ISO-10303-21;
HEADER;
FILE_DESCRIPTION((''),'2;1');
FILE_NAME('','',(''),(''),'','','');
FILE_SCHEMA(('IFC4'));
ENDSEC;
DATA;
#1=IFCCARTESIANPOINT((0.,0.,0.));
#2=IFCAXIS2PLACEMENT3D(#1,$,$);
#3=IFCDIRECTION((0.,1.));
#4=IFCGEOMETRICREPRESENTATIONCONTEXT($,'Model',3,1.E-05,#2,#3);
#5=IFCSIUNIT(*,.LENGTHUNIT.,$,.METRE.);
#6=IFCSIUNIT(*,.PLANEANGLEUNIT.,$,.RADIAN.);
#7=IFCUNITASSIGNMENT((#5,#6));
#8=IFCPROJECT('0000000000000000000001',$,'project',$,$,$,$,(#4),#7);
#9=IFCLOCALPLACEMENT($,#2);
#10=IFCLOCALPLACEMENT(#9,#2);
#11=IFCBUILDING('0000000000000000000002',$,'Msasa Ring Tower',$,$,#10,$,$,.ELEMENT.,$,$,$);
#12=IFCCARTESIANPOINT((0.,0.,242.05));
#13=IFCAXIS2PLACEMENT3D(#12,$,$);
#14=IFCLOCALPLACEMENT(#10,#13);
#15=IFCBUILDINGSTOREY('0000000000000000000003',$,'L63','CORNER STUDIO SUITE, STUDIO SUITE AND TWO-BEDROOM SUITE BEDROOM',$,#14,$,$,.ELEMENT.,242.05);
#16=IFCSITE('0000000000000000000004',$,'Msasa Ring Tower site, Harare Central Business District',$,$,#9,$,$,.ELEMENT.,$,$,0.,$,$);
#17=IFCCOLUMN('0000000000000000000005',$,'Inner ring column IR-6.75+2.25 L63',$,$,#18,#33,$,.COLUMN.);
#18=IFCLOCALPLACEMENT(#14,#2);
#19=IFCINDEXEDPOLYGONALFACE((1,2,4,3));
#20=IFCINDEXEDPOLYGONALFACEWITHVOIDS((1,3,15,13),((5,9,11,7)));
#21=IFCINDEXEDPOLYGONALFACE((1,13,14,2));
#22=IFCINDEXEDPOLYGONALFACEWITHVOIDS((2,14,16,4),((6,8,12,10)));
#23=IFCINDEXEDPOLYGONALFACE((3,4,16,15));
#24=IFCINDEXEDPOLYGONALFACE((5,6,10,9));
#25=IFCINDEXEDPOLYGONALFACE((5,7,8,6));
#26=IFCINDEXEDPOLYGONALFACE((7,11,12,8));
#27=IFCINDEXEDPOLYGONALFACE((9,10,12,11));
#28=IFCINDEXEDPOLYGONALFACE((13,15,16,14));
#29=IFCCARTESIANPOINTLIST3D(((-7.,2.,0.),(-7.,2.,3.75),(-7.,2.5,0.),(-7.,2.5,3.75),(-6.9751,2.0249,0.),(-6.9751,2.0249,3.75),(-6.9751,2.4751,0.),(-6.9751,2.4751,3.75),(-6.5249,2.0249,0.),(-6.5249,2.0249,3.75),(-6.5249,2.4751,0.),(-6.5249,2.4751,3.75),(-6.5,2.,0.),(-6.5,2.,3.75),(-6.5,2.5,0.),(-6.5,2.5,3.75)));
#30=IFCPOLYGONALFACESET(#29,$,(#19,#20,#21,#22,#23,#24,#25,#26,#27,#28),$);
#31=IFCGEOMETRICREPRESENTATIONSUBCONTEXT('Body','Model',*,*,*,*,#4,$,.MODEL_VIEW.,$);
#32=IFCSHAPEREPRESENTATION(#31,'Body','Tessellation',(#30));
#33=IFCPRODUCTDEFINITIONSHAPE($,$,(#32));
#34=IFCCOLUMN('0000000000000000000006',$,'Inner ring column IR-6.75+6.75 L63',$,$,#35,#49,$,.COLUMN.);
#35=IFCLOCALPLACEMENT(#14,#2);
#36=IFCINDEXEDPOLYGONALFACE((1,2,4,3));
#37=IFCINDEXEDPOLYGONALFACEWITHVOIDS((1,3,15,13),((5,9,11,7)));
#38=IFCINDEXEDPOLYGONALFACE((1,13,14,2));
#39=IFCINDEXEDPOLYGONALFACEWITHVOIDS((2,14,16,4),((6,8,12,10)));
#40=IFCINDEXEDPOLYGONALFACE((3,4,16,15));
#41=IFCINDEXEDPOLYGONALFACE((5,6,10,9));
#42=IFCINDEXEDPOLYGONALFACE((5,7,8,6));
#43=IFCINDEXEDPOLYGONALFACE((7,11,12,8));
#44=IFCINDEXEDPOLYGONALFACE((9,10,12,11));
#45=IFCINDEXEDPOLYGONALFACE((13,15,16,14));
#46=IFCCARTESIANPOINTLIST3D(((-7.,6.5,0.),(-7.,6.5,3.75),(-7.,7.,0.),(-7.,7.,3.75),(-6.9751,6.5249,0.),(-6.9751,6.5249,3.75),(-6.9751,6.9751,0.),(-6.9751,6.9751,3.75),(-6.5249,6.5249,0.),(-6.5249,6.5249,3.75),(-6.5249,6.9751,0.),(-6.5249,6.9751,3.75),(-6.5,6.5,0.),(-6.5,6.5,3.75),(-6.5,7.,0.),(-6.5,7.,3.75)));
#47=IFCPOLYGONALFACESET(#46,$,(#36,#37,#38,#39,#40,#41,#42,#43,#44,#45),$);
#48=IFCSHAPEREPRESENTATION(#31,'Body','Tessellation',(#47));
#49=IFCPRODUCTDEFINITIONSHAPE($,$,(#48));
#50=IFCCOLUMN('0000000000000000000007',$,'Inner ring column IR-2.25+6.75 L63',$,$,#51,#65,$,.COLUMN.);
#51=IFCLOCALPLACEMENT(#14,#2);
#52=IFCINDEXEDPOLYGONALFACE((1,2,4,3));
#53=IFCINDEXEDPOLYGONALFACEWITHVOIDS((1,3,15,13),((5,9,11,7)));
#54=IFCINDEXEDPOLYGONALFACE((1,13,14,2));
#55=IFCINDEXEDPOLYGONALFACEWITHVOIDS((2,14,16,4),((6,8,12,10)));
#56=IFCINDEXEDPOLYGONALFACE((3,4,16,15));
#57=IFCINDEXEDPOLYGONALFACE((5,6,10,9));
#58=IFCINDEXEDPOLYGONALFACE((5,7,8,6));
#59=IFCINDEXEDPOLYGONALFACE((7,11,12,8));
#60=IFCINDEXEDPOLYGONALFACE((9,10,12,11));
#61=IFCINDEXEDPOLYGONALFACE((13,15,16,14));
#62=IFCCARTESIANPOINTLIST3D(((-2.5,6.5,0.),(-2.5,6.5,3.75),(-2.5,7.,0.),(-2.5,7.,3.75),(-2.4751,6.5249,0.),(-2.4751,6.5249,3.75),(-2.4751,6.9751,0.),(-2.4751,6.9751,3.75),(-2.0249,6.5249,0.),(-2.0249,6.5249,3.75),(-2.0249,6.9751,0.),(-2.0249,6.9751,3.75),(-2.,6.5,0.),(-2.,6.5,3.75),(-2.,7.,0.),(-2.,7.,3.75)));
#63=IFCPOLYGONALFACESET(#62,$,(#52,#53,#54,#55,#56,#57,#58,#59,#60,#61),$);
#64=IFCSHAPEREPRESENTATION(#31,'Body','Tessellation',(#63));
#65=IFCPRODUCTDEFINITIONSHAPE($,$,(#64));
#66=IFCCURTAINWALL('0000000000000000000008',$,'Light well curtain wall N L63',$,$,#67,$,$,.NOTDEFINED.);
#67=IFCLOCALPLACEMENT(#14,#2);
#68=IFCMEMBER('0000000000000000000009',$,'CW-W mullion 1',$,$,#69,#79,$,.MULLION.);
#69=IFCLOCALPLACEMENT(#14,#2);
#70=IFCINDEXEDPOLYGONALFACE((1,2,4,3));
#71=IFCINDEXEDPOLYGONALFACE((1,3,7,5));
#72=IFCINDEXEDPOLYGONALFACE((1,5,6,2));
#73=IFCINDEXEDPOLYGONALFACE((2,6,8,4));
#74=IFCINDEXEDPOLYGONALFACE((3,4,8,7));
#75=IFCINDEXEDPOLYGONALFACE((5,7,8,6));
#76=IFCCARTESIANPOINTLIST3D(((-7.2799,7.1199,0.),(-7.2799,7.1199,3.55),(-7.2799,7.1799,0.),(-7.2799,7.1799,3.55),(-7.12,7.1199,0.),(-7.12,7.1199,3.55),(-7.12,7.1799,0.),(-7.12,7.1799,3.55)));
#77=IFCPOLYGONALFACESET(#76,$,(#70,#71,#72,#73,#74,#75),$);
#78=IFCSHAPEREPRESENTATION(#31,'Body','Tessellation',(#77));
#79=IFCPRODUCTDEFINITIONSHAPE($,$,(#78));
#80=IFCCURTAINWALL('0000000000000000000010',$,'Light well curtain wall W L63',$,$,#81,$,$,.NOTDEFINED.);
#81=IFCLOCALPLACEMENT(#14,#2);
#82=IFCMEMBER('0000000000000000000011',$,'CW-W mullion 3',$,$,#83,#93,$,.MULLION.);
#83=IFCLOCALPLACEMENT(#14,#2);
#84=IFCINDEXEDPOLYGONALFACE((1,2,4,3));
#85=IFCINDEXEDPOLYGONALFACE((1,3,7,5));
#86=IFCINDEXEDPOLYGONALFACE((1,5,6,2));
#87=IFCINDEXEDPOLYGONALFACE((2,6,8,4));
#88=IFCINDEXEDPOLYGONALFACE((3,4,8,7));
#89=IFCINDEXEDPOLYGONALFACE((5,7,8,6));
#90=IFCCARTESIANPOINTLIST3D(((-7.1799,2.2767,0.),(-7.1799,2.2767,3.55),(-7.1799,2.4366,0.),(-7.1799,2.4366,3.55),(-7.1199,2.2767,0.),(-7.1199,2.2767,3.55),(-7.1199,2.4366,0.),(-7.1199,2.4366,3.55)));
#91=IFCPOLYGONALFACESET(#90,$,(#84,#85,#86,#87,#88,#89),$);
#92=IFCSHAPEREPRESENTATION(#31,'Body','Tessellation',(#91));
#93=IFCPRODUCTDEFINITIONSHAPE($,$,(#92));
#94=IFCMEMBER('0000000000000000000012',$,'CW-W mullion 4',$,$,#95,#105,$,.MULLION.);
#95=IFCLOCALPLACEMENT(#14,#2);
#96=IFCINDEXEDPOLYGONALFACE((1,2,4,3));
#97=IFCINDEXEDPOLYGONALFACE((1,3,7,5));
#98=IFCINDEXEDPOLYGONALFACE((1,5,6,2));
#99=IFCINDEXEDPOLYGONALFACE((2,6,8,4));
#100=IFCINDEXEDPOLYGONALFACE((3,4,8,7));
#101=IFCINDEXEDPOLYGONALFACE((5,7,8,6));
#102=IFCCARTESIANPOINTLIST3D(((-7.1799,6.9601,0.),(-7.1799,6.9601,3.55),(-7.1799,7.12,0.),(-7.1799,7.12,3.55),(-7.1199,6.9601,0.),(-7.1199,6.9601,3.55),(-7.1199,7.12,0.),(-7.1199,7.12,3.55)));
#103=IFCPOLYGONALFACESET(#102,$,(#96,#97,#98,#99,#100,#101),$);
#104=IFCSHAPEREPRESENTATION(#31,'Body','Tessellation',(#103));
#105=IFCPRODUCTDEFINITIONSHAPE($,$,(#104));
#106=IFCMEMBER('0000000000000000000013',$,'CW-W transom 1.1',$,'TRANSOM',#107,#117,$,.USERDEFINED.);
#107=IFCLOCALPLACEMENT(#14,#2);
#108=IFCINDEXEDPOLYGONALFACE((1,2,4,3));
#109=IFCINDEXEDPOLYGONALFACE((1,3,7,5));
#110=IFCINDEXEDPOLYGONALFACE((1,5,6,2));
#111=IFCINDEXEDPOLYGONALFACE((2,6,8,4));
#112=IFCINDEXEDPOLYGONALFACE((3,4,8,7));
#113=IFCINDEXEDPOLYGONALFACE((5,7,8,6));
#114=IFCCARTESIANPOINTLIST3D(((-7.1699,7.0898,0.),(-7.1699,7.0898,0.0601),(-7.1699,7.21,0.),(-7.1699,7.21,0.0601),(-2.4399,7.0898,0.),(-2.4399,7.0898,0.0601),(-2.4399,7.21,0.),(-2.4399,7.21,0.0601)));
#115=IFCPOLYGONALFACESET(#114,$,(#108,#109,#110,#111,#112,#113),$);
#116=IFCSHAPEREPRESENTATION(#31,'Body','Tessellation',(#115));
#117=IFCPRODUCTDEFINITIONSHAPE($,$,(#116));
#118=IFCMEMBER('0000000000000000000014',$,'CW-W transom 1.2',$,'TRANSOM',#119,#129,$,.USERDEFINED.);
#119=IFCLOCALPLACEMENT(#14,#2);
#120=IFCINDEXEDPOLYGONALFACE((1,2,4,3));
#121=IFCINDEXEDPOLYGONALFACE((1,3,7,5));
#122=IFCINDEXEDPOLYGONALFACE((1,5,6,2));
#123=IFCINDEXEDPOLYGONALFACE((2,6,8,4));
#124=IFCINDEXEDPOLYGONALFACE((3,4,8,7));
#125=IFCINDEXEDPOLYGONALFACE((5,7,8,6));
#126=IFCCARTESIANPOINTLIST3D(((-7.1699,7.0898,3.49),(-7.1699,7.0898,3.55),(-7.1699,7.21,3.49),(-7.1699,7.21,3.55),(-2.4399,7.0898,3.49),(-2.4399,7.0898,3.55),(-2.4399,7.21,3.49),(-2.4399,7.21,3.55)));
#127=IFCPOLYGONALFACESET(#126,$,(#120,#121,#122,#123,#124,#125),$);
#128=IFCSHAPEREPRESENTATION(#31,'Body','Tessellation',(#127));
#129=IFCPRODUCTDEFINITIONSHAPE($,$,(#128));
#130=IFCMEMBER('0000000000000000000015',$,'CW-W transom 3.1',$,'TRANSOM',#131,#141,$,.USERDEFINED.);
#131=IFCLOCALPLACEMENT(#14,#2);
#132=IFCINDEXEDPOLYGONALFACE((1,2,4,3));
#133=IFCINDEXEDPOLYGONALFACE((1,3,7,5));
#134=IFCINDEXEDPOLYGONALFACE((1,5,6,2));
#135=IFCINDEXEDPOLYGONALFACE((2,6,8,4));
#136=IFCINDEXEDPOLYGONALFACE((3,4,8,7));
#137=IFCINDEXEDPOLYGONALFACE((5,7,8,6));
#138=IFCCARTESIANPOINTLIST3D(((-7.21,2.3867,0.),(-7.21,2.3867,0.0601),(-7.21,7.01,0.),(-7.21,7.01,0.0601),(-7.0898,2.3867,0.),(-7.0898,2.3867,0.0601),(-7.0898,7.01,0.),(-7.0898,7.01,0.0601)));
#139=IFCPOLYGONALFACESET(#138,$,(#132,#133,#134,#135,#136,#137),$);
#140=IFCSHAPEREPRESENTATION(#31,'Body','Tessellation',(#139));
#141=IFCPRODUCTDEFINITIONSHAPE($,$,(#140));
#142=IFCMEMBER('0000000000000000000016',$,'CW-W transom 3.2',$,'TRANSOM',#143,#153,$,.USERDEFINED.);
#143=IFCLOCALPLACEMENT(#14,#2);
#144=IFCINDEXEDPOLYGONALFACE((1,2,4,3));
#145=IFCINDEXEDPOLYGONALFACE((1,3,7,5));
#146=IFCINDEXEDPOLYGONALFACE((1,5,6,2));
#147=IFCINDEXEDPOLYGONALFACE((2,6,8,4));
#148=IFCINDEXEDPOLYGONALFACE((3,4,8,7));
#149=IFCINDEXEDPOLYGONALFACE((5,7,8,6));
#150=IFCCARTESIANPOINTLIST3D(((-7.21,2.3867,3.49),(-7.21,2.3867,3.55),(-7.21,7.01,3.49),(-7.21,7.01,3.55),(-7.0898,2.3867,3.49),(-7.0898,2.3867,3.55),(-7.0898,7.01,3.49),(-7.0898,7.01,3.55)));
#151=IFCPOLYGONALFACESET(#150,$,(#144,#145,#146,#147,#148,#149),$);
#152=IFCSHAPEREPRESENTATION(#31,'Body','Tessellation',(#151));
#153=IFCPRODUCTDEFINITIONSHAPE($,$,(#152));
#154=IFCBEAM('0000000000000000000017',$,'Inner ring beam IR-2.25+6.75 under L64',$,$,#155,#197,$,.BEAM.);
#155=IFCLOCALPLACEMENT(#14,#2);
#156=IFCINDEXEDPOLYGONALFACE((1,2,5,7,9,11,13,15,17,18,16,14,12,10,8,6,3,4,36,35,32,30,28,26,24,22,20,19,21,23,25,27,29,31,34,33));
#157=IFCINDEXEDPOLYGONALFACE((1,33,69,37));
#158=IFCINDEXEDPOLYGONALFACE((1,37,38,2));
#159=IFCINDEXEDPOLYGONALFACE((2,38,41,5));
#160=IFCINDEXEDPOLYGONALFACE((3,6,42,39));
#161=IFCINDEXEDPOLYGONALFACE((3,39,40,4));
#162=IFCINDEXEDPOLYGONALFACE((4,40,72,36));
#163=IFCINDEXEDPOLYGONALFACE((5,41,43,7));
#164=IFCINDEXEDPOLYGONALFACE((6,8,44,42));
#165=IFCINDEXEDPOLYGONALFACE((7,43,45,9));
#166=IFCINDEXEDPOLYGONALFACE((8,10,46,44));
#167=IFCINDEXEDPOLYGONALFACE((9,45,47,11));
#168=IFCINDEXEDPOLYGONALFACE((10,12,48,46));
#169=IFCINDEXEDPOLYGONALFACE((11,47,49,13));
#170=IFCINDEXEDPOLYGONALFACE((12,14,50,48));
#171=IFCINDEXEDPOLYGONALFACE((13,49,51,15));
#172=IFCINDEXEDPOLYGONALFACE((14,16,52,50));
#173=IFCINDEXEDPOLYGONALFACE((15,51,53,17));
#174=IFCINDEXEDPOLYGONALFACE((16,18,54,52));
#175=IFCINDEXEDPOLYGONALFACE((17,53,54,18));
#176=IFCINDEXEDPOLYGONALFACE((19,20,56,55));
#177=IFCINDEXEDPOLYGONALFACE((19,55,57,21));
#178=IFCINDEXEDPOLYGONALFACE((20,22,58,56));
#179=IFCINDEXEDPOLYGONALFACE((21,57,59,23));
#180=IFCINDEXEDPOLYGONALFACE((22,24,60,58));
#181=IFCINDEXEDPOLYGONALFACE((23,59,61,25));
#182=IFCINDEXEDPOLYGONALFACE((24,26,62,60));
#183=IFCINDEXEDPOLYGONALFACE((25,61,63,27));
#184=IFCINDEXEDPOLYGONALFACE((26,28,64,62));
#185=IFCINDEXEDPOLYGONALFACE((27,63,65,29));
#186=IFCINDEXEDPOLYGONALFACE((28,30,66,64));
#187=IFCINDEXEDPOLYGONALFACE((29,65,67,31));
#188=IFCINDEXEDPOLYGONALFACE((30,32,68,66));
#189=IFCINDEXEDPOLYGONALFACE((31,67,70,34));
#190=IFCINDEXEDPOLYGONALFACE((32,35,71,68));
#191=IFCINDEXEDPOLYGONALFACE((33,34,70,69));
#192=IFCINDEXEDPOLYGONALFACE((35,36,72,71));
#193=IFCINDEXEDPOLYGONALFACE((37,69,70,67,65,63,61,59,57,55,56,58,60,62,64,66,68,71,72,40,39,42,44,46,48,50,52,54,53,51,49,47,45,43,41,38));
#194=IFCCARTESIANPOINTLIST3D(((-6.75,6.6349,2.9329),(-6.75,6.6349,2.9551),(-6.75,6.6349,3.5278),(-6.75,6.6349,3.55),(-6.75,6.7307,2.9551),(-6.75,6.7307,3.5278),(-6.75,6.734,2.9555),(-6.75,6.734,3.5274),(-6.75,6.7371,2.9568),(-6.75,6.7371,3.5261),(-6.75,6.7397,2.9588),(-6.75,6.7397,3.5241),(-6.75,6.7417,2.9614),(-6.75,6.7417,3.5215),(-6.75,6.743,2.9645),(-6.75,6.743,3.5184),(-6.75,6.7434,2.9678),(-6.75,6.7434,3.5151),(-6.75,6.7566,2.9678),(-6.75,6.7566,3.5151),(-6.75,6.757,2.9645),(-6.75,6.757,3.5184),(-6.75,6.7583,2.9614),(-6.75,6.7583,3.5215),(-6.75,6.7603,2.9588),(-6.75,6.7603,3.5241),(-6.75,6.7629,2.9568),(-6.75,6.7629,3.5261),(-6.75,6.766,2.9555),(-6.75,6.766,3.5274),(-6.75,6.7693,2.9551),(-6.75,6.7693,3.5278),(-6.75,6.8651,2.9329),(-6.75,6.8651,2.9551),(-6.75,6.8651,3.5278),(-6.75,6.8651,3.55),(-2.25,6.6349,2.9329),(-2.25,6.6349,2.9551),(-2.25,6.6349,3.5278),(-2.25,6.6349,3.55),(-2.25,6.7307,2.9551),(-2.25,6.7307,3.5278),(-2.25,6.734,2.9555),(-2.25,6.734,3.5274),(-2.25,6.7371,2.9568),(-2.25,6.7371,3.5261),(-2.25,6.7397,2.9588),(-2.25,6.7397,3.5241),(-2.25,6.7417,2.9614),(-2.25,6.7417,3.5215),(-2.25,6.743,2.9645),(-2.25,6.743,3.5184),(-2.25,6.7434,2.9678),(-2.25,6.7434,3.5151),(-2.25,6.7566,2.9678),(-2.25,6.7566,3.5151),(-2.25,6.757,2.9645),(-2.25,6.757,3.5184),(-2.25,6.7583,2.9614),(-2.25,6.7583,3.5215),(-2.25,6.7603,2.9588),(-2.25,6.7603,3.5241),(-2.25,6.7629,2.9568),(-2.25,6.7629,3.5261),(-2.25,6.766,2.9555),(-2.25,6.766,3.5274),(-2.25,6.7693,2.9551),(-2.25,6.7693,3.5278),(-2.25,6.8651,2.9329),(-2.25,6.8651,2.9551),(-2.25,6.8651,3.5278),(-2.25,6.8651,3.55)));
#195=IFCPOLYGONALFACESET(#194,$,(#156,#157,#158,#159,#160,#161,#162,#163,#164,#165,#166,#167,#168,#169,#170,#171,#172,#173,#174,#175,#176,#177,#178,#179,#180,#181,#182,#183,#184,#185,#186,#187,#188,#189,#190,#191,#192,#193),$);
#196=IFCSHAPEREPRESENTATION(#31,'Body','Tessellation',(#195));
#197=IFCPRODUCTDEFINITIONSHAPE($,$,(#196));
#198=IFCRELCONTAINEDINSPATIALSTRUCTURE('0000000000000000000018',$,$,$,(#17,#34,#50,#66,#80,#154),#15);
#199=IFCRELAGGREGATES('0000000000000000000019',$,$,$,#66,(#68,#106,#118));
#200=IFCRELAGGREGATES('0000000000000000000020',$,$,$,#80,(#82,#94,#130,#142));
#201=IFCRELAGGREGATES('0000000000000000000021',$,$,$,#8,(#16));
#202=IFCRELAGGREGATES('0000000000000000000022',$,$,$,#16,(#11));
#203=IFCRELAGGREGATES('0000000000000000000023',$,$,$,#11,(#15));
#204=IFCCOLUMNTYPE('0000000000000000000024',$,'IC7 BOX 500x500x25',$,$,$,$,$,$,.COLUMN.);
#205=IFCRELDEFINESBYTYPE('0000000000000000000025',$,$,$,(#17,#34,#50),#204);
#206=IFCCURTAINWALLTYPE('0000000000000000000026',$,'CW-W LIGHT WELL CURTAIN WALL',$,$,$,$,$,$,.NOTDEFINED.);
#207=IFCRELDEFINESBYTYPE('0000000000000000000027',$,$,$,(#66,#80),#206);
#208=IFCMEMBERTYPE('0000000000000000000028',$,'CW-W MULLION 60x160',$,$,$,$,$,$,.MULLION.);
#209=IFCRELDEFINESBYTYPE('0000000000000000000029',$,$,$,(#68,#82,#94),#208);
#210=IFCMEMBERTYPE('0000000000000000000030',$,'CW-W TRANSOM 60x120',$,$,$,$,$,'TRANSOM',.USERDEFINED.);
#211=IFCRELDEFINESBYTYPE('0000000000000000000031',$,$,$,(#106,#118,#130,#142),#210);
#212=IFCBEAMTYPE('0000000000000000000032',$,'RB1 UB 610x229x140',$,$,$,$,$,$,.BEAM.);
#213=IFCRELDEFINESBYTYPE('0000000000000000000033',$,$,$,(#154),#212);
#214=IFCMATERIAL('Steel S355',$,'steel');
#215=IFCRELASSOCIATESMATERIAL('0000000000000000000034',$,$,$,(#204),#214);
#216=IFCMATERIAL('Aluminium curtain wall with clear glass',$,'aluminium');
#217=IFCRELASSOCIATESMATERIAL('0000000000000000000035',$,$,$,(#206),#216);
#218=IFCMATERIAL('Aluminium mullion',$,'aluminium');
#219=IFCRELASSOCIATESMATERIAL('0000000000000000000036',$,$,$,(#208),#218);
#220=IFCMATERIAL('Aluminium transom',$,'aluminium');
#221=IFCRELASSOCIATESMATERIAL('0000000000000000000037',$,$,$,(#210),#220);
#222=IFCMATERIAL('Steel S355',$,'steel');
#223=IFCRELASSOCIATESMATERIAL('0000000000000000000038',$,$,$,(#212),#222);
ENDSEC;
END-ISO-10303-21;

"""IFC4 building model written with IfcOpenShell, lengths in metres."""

from ifc_helpers import new_model, si_unit, direction, frame, origin, origin_2d, place, context, subcontext, project, spatial, rectangle, hollow_rectangle, i_section, extrude, material, material_profile, profile_set, type_object, element, aggregate, save


model = new_model("IFC4")

# Units and contexts
model_context = context("Model", 3, precision=1e-05, world=origin(), true_north=direction((0.0, 1.0)))
body_context = subcontext(model_context, "Body", "Model", "MODEL_VIEW")
ifc_project = project(units=[si_unit("LENGTHUNIT", "METRE"), si_unit("PLANEANGLEUNIT", "RADIAN")], contexts=[model_context])

# Site, building, storey
site_placement = place(None, origin())
site = spatial("IfcSite", under=ifc_project, at=site_placement, Name="Msasa Ring Tower site, Harare Central Business District", CompositionType="ELEMENT", RefElevation=0.0)
building_placement = place(site_placement, origin())
building = spatial("IfcBuilding", under=site, at=building_placement, Name="Msasa Ring Tower", CompositionType="ELEMENT")
storey_placement = place(building_placement, frame((0.0, 0.0, 242.05)))
storey = spatial("IfcBuildingStorey", under=building, at=storey_placement, Name="L63", Description="CORNER STUDIO SUITE, STUDIO SUITE AND TWO-BEDROOM SUITE BEDROOM", CompositionType="ELEMENT", Elevation=242.05)

# Columns
ifc_material_1 = material(Name="Steel S355", Category="steel")
ifc_material_profile_1 = material_profile(ifc_material_1, hollow_rectangle(XDim=0.5, YDim=0.5, WallThickness=0.0249, at=origin_2d()), Name="BOX 500x500x25")
ifc_profile_set_1 = profile_set([ifc_material_profile_1], Name="Steel S355")
column_type = type_object("IfcColumnType", Name="IC7 BOX 500x500x25", PredefinedType="COLUMN", material=ifc_profile_set_1)
for number, where, z_axis, x_axis, name in (
    (1, (-6.75, 2.25, 0.0), (0.0, 0.0, 1.0), (1.0, 0.0, 0.0), "Inner ring column IR-6.75+2.25 L63"),
    (2, (-6.75, 6.75, 0.0), (0.0, 0.0, 1.0), (1.0, 0.0, 0.0), "Inner ring column IR-6.75+6.75 L63"),
    (3, (-2.25, 6.75, 0.0), (0.0, 0.0, 1.0), (1.0, 0.0, 0.0), "Inner ring column IR-2.25+6.75 L63"),
):
    element("IfcColumn", number, at=place(storey_placement, frame(where, z_axis=z_axis, x_axis=x_axis)), inside=storey, type_object=column_type, Name=name, PredefinedType="COLUMN", context=body_context, shape_type="SweptSolid", body=[
        extrude(hollow_rectangle(XDim=0.5, YDim=0.5, WallThickness=0.0249, at=origin_2d()), origin(), (0.0, 0.0, 1.0), 3.75),
    ])

# Curtain wall, member
ifc_material_2 = material(Name="Aluminium curtain wall with clear glass", Category="aluminium")
curtain_wall_type = type_object("IfcCurtainWallType", Name="CW-W LIGHT WELL CURTAIN WALL", PredefinedType="NOTDEFINED", material=ifc_material_2)
curtain_wall_1_placement = place(storey_placement, origin())
curtain_wall_1 = element("IfcCurtainWall", 4, at=curtain_wall_1_placement, inside=storey, type_object=curtain_wall_type, Name="Light well curtain wall N L63", PredefinedType="NOTDEFINED")
ifc_material_3 = material(Name="Aluminium mullion", Category="aluminium")
ifc_material_profile_2 = material_profile(ifc_material_3, rectangle(XDim=0.0601, YDim=0.1599, at=origin_2d()), Name="AL 60x160")
ifc_profile_set_2 = profile_set([ifc_material_profile_2], Name="Aluminium mullion")
member_type_1 = type_object("IfcMemberType", Name="CW-W MULLION 60x160", PredefinedType="MULLION", material=ifc_profile_set_2)
member_1_placement = place(storey_placement, frame((-7.2, 7.1499, 0.0), z_axis=(0.0, 0.0, 1.0), x_axis=(0.0, 1.0, 0.0)))
member_1 = element("IfcMember", 5, at=member_1_placement, type_object=member_type_1, Name="CW-W mullion 1", PredefinedType="MULLION", context=body_context, shape_type="SweptSolid", body=[
    extrude(rectangle(XDim=0.0601, YDim=0.1599, at=origin_2d()), origin(), (0.0, 0.0, 1.0), 3.55),
])

# Curtain wall, members
curtain_wall_2_placement = place(storey_placement, origin())
curtain_wall_2 = element("IfcCurtainWall", 6, at=curtain_wall_2_placement, inside=storey, type_object=curtain_wall_type, Name="Light well curtain wall W L63", PredefinedType="NOTDEFINED")
member_2_placement = place(storey_placement, frame((-7.1499, 2.3567, 0.0), z_axis=(0.0, 0.0, 1.0), x_axis=(-1.0, 0.0, 0.0)))
member_2 = element("IfcMember", 7, at=member_2_placement, type_object=member_type_1, Name="CW-W mullion 3", PredefinedType="MULLION", context=body_context, shape_type="SweptSolid", body=[
    extrude(rectangle(XDim=0.0601, YDim=0.1599, at=origin_2d()), origin(), (0.0, 0.0, 1.0), 3.55),
])
member_3_placement = place(storey_placement, frame((-7.1499, 7.04, 0.0), z_axis=(0.0, 0.0, 1.0), x_axis=(-1.0, 0.0, 0.0)))
member_3 = element("IfcMember", 8, at=member_3_placement, type_object=member_type_1, Name="CW-W mullion 4", PredefinedType="MULLION", context=body_context, shape_type="SweptSolid", body=[
    extrude(rectangle(XDim=0.0601, YDim=0.1599, at=origin_2d()), origin(), (0.0, 0.0, 1.0), 3.55),
])

# Members
ifc_material_4 = material(Name="Aluminium transom", Category="aluminium")
ifc_material_profile_3 = material_profile(ifc_material_4, rectangle(XDim=0.1201, YDim=0.0601, at=origin_2d()), Name="AL 60x120")
ifc_profile_set_3 = profile_set([ifc_material_profile_3], Name="Aluminium transom")
member_type_2 = type_object("IfcMemberType", Name="CW-W TRANSOM 60x120", ElementType="TRANSOM", PredefinedType="USERDEFINED", material=ifc_profile_set_3)
member_4_placement = place(storey_placement, frame((-7.1699, 7.1499, 0.03), z_axis=(1.0, 0.0, 0.0), x_axis=(0.0, 1.0, 0.0)))
member_4 = element("IfcMember", 9, at=member_4_placement, type_object=member_type_2, Name="CW-W transom 1.1", ObjectType="TRANSOM", PredefinedType="USERDEFINED", context=body_context, shape_type="SweptSolid", body=[
    extrude(rectangle(XDim=0.1201, YDim=0.0601, at=origin_2d()), origin(), (0.0, 0.0, 1.0), 4.73),
])
member_5_placement = place(storey_placement, frame((-7.1699, 7.1499, 3.52), z_axis=(1.0, 0.0, 0.0), x_axis=(0.0, 1.0, 0.0)))
member_5 = element("IfcMember", 10, at=member_5_placement, type_object=member_type_2, Name="CW-W transom 1.2", ObjectType="TRANSOM", PredefinedType="USERDEFINED", context=body_context, shape_type="SweptSolid", body=[
    extrude(rectangle(XDim=0.1201, YDim=0.0601, at=origin_2d()), origin(), (0.0, 0.0, 1.0), 4.73),
])
aggregate(curtain_wall_1, [member_1, member_4, member_5])
member_6_placement = place(storey_placement, frame((-7.1499, 2.3867, 0.03), z_axis=(0.0, 1.0, 0.0), x_axis=(-1.0, 0.0, 0.0)))
member_6 = element("IfcMember", 11, at=member_6_placement, type_object=member_type_2, Name="CW-W transom 3.1", ObjectType="TRANSOM", PredefinedType="USERDEFINED", context=body_context, shape_type="SweptSolid", body=[
    extrude(rectangle(XDim=0.1201, YDim=0.0601, at=origin_2d()), origin(), (0.0, 0.0, 1.0), 4.6233),
])
member_7_placement = place(storey_placement, frame((-7.1499, 2.3867, 3.52), z_axis=(0.0, 1.0, 0.0), x_axis=(-1.0, 0.0, 0.0)))
member_7 = element("IfcMember", 12, at=member_7_placement, type_object=member_type_2, Name="CW-W transom 3.2", ObjectType="TRANSOM", PredefinedType="USERDEFINED", context=body_context, shape_type="SweptSolid", body=[
    extrude(rectangle(XDim=0.1201, YDim=0.0601, at=origin_2d()), origin(), (0.0, 0.0, 1.0), 4.6233),
])

# Beam
ifc_material_5 = material(Name="Steel S355", Category="steel")
ifc_material_profile_4 = material_profile(ifc_material_5, i_section(OverallWidth=0.2302, OverallDepth=0.6172, WebThickness=0.0132, FlangeThickness=0.0222, FilletRadius=0.0127, at=origin_2d()), Name="UB 610x229x140")
ifc_profile_set_4 = profile_set([ifc_material_profile_4], Name="Steel S355")
beam_type = type_object("IfcBeamType", Name="RB1 UB 610x229x140", PredefinedType="BEAM", material=ifc_profile_set_4)
for number, where, z_axis, x_axis, name in (
    (13, (-2.25, 6.75, 3.2415), (-1.0, 0.0, 0.0), (0.0, -1.0, 0.0), "Inner ring beam IR-2.25+6.75 under L64"),
):
    element("IfcBeam", number, at=place(storey_placement, frame(where, z_axis=z_axis, x_axis=x_axis)), inside=storey, type_object=beam_type, Name=name, PredefinedType="BEAM", context=body_context, shape_type="SweptSolid", body=[
        extrude(i_section(OverallWidth=0.2302, OverallDepth=0.6172, WebThickness=0.0132, FlangeThickness=0.0222, FilletRadius=0.0127, at=origin_2d()), origin(), (0.0, 0.0, 1.0), 4.5),
    ])

aggregate(curtain_wall_2, [member_2, member_3, member_6, member_7])

save(model, "model.ifc")
